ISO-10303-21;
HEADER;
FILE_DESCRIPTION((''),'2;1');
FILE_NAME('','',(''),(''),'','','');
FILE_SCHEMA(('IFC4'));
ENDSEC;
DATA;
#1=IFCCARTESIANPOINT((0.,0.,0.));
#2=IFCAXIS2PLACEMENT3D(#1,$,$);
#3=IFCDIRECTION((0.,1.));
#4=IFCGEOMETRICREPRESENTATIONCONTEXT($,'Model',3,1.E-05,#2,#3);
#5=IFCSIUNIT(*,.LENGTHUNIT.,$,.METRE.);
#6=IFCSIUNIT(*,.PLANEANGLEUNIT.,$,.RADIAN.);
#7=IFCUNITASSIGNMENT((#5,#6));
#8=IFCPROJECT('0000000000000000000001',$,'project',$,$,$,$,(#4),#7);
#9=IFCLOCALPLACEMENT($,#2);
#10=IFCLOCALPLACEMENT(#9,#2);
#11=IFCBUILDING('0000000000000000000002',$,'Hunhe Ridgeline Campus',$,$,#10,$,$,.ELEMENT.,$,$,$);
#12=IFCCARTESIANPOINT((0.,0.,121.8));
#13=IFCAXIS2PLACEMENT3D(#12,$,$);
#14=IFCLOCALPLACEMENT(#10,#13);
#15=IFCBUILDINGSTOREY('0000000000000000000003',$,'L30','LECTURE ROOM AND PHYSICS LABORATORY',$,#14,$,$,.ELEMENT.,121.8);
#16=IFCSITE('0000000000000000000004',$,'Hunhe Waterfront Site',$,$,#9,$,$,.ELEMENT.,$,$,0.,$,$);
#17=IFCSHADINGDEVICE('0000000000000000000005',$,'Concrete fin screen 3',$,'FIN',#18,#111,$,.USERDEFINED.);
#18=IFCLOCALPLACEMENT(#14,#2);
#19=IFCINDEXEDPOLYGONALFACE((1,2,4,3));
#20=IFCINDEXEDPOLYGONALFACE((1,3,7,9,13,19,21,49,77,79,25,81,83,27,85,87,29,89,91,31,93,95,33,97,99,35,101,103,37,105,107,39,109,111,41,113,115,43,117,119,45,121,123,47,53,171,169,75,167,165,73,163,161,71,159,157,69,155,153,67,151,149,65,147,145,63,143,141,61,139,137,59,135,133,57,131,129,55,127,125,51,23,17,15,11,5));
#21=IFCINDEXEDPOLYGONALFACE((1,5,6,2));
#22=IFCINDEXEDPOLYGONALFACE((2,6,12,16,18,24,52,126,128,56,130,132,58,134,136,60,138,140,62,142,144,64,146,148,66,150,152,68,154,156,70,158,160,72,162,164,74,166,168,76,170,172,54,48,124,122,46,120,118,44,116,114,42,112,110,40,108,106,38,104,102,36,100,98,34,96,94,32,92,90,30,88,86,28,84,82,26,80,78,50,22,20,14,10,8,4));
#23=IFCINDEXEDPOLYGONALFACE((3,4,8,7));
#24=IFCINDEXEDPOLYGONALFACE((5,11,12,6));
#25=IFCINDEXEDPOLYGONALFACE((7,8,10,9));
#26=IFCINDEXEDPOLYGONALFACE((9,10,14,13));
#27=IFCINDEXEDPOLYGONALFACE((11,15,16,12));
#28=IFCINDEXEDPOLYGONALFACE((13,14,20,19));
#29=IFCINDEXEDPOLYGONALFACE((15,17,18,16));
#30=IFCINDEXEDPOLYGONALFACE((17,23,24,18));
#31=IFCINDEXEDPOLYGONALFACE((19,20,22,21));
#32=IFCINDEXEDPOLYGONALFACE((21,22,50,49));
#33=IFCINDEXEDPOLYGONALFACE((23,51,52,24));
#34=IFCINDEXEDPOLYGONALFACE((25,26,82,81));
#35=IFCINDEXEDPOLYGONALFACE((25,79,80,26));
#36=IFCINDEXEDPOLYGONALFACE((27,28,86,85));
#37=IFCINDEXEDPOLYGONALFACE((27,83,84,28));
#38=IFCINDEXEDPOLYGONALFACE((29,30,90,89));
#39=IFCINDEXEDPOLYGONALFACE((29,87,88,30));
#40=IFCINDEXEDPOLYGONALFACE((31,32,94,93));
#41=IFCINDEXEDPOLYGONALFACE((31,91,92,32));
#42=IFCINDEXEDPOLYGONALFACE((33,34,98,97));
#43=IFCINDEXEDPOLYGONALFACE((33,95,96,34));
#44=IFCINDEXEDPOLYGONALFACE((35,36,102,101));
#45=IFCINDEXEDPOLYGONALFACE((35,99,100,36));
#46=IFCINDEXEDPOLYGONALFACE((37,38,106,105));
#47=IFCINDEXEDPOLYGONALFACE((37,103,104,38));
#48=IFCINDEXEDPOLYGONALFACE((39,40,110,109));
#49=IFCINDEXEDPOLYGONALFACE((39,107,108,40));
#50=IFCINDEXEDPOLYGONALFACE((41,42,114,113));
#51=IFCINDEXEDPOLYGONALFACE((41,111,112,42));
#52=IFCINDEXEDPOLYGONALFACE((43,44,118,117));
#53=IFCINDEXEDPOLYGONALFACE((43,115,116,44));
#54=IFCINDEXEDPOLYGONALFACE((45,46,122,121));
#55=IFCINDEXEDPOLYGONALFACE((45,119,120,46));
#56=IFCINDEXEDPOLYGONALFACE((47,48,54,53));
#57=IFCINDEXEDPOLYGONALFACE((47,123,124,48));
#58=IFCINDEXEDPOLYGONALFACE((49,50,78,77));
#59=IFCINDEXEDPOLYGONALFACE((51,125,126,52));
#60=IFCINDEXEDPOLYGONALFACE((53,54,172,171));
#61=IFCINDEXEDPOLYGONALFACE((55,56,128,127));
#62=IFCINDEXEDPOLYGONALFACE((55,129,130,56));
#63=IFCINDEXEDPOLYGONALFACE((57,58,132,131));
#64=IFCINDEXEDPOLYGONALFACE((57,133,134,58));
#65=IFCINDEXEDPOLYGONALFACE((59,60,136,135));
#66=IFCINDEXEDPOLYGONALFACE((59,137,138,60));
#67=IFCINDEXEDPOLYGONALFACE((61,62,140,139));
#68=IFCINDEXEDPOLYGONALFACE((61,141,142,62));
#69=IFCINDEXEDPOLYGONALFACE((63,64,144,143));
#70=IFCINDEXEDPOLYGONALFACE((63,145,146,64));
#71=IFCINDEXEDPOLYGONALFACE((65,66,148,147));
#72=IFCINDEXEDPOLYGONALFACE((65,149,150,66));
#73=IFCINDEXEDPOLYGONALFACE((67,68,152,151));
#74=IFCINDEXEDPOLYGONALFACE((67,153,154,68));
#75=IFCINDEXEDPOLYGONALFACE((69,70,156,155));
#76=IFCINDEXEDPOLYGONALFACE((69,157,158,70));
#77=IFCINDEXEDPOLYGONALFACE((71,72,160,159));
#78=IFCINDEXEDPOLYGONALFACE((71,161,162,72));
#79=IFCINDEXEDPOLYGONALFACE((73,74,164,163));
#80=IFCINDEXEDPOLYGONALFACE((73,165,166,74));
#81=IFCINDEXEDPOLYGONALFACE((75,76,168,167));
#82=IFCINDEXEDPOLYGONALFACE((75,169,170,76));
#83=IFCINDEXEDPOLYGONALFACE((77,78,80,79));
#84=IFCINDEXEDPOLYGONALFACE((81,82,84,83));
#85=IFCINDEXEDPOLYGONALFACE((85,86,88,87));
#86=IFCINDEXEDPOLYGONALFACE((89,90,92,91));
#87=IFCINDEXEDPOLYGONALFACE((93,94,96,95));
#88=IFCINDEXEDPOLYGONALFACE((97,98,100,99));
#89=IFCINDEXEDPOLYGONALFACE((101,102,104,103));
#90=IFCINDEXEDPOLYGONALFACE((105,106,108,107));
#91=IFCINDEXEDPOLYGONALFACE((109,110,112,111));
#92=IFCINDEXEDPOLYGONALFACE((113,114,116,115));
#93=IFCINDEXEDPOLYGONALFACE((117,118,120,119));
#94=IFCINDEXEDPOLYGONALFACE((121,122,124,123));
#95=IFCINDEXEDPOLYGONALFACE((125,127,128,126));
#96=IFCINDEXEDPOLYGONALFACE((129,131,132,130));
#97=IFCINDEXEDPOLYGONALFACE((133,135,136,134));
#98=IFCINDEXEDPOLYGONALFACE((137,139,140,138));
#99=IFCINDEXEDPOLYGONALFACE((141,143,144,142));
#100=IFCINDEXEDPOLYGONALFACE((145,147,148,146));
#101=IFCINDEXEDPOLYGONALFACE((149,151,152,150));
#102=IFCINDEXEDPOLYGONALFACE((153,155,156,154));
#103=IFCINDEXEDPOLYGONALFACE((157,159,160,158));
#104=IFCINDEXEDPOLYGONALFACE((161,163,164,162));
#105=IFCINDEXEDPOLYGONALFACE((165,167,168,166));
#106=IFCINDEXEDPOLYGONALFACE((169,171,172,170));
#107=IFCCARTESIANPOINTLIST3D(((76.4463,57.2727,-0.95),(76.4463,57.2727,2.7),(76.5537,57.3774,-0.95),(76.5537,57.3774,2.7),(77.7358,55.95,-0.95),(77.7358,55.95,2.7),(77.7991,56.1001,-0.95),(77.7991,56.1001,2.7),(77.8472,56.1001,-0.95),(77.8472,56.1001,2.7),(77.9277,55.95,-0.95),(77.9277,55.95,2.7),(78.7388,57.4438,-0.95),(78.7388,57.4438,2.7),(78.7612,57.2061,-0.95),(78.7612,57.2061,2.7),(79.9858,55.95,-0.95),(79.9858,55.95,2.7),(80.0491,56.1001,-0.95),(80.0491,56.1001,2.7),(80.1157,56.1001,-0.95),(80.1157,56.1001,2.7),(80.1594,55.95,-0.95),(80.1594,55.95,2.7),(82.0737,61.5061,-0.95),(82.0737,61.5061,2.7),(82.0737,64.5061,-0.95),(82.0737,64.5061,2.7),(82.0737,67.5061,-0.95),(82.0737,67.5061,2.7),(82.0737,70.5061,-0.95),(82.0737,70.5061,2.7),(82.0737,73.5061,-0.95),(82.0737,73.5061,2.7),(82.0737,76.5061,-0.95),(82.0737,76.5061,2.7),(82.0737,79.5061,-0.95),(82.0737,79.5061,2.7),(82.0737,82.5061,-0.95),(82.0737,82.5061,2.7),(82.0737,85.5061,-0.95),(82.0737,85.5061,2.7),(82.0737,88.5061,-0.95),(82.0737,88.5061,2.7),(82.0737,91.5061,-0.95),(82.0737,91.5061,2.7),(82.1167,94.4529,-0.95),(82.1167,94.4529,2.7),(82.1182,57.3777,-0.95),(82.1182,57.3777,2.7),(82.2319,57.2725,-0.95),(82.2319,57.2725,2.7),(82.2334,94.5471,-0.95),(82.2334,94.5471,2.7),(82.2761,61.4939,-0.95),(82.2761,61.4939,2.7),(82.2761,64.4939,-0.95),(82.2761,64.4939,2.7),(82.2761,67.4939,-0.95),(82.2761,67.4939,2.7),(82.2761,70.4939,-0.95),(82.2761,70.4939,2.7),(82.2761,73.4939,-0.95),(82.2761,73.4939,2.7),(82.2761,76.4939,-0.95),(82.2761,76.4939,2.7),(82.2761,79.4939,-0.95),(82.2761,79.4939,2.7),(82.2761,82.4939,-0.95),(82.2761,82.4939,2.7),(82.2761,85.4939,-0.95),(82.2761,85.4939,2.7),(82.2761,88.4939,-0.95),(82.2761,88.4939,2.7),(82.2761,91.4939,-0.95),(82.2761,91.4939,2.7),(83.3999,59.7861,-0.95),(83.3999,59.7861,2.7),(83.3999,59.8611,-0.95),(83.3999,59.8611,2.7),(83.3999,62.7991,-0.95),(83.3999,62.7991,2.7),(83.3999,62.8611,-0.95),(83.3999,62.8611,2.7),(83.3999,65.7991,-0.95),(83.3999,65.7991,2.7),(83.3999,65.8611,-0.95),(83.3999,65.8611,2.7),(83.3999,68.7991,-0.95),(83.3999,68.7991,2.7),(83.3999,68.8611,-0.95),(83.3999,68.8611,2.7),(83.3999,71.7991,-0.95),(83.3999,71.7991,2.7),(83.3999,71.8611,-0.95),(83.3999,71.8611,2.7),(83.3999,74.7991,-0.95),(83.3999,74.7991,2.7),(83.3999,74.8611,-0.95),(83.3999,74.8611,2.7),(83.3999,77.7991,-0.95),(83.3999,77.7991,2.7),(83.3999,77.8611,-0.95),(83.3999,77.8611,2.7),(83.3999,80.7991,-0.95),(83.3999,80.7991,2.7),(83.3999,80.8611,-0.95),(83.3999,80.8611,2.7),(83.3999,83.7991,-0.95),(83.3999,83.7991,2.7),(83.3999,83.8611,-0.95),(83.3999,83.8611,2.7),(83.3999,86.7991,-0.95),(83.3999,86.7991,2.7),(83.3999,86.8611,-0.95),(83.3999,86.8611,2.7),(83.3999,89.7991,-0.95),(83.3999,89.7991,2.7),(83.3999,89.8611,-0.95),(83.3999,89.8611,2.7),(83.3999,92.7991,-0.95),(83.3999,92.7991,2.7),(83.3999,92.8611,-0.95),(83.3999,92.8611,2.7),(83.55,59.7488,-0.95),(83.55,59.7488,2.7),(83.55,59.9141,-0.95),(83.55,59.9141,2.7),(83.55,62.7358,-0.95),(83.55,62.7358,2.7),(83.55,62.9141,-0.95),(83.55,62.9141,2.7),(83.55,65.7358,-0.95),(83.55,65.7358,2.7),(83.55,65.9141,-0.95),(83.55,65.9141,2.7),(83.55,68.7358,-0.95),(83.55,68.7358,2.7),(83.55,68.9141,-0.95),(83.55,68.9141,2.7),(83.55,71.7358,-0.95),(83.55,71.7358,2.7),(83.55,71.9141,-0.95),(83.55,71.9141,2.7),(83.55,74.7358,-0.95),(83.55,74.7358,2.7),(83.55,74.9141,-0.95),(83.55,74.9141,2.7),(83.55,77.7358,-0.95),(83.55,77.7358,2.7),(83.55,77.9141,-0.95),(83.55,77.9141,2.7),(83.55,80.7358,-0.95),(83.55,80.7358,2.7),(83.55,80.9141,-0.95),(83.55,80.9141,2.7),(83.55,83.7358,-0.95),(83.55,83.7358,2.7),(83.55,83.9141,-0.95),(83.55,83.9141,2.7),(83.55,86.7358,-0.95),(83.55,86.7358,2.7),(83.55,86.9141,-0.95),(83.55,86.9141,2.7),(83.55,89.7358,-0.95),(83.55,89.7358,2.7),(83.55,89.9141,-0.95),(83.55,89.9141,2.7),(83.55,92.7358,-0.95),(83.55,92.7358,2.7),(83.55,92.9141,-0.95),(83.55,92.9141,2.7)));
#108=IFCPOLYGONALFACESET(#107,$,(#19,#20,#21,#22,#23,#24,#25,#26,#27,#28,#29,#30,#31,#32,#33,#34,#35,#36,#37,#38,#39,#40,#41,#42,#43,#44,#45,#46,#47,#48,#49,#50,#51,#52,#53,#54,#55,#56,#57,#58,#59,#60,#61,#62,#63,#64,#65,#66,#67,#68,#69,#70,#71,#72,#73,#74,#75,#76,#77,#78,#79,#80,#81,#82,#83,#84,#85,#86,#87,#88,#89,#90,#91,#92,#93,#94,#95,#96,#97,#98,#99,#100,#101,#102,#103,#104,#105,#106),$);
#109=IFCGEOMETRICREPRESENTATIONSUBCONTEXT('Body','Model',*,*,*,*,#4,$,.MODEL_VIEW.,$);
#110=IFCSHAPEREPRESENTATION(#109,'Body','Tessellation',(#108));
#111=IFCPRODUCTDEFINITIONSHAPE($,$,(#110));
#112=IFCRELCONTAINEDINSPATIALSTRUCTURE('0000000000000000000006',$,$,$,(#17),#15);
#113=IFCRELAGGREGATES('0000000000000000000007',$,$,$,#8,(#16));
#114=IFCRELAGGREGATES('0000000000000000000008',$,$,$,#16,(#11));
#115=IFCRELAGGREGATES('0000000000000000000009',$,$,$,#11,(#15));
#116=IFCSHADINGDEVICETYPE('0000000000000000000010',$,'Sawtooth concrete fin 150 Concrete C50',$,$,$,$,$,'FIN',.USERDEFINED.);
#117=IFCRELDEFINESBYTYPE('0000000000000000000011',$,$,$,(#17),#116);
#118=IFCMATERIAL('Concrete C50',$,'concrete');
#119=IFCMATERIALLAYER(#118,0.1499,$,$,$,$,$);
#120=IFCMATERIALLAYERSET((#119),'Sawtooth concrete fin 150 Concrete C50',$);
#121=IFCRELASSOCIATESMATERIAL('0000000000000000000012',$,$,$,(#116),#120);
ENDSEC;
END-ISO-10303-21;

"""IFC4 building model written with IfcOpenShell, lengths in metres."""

from ifc_helpers import new_model, si_unit, direction, frame, origin, place, context, subcontext, project, spatial, polyline, outline, extrude, material, layer, layer_set, type_object, element, save


model = new_model("IFC4")

# Units and contexts
model_context = context("Model", 3, precision=1e-05, world=origin(), true_north=direction((0.0, 1.0)))
body_context = subcontext(model_context, "Body", "Model", "MODEL_VIEW")
ifc_project = project(units=[si_unit("LENGTHUNIT", "METRE"), si_unit("PLANEANGLEUNIT", "RADIAN")], contexts=[model_context])

# Site, building, storey
site_placement = place(None, origin())
site = spatial("IfcSite", under=ifc_project, at=site_placement, Name="Hunhe Waterfront Site", CompositionType="ELEMENT", RefElevation=0.0)
building_placement = place(site_placement, origin())
building = spatial("IfcBuilding", under=site, at=building_placement, Name="Hunhe Ridgeline Campus", CompositionType="ELEMENT")
storey_placement = place(building_placement, frame((0.0, 0.0, 121.8)))
storey = spatial("IfcBuildingStorey", under=building, at=storey_placement, Name="L30", Description="LECTURE ROOM AND PHYSICS LABORATORY", CompositionType="ELEMENT", Elevation=121.8)

# Shading device
ifc_material_1 = material(Name="Concrete C50", Category="concrete")
ifc_layer_1 = layer(ifc_material_1, 0.1499)
ifc_layer_set_1 = layer_set([ifc_layer_1], Name="Sawtooth concrete fin 150 Concrete C50")
shading_device_type = type_object("IfcShadingDeviceType", Name="Sawtooth concrete fin 150 Concrete C50", ElementType="FIN", PredefinedType="USERDEFINED", material=ifc_layer_set_1)
shading_device_1_placement = place(storey_placement, frame((0.0, 0.0, -0.95)))
element("IfcShadingDevice", 1, at=shading_device_1_placement, inside=storey, type_object=shading_device_type, Name="Concrete fin screen 3", ObjectType="FIN", PredefinedType="USERDEFINED", context=body_context, shape_type="SweptSolid", body=[
    extrude(outline(polyline([(76.5537, 57.3774), (76.4463, 57.2727), (77.7358, 55.95), (77.9277, 55.95), (78.7612, 57.2061), (79.9858, 55.95), (80.1594, 55.95), (82.2319, 57.2725), (83.55, 59.7488), (83.55, 59.9141), (82.2761, 61.4939), (83.55, 62.7358), (83.55, 62.9141), (82.2761, 64.4939), (83.55, 65.7358), (83.55, 65.9141), (82.2761, 67.4939), (83.55, 68.7358), (83.55, 68.9141), (82.2761, 70.4939), (83.55, 71.7358), (83.55, 71.9141), (82.2761, 73.4939), (83.55, 74.7358), (83.55, 74.9141), (82.2761, 76.4939), (83.55, 77.7358), (83.55, 77.9141), (82.2761, 79.4939), (83.55, 80.7358), (83.55, 80.9141), (82.2761, 82.4939), (83.55, 83.7358), (83.55, 83.9141), (82.2761, 85.4939), (83.55, 86.7358), (83.55, 86.9141), (82.2761, 88.4939), (83.55, 89.7358), (83.55, 89.9141), (82.2761, 91.4939), (83.55, 92.7358), (83.55, 92.9141), (82.2334, 94.5471), (82.1167, 94.4529), (83.3999, 92.8611), (83.3999, 92.7991), (82.0737, 91.5061), (83.3999, 89.8611), (83.3999, 89.7991), (82.0737, 88.5061), (83.3999, 86.8611), (83.3999, 86.7991), (82.0737, 85.5061), (83.3999, 83.8611), (83.3999, 83.7991), (82.0737, 82.5061), (83.3999, 80.8611), (83.3999, 80.7991), (82.0737, 79.5061), (83.3999, 77.8611), (83.3999, 77.7991), (82.0737, 76.5061), (83.3999, 74.8611), (83.3999, 74.7991), (82.0737, 73.5061), (83.3999, 71.8611), (83.3999, 71.7991), (82.0737, 70.5061), (83.3999, 68.8611), (83.3999, 68.7991), (82.0737, 67.5061), (83.3999, 65.8611), (83.3999, 65.7991), (82.0737, 64.5061), (83.3999, 62.8611), (83.3999, 62.7991), (82.0737, 61.5061), (83.3999, 59.8611), (83.3999, 59.7861), (82.1182, 57.3777), (80.1157, 56.1001), (80.0491, 56.1001), (78.7388, 57.4438), (77.8472, 56.1001), (77.7991, 56.1001), (76.5537, 57.3774)])), origin(), (0.0, 0.0, 1.0), 3.6499),
])

save(model, "model.ifc")
